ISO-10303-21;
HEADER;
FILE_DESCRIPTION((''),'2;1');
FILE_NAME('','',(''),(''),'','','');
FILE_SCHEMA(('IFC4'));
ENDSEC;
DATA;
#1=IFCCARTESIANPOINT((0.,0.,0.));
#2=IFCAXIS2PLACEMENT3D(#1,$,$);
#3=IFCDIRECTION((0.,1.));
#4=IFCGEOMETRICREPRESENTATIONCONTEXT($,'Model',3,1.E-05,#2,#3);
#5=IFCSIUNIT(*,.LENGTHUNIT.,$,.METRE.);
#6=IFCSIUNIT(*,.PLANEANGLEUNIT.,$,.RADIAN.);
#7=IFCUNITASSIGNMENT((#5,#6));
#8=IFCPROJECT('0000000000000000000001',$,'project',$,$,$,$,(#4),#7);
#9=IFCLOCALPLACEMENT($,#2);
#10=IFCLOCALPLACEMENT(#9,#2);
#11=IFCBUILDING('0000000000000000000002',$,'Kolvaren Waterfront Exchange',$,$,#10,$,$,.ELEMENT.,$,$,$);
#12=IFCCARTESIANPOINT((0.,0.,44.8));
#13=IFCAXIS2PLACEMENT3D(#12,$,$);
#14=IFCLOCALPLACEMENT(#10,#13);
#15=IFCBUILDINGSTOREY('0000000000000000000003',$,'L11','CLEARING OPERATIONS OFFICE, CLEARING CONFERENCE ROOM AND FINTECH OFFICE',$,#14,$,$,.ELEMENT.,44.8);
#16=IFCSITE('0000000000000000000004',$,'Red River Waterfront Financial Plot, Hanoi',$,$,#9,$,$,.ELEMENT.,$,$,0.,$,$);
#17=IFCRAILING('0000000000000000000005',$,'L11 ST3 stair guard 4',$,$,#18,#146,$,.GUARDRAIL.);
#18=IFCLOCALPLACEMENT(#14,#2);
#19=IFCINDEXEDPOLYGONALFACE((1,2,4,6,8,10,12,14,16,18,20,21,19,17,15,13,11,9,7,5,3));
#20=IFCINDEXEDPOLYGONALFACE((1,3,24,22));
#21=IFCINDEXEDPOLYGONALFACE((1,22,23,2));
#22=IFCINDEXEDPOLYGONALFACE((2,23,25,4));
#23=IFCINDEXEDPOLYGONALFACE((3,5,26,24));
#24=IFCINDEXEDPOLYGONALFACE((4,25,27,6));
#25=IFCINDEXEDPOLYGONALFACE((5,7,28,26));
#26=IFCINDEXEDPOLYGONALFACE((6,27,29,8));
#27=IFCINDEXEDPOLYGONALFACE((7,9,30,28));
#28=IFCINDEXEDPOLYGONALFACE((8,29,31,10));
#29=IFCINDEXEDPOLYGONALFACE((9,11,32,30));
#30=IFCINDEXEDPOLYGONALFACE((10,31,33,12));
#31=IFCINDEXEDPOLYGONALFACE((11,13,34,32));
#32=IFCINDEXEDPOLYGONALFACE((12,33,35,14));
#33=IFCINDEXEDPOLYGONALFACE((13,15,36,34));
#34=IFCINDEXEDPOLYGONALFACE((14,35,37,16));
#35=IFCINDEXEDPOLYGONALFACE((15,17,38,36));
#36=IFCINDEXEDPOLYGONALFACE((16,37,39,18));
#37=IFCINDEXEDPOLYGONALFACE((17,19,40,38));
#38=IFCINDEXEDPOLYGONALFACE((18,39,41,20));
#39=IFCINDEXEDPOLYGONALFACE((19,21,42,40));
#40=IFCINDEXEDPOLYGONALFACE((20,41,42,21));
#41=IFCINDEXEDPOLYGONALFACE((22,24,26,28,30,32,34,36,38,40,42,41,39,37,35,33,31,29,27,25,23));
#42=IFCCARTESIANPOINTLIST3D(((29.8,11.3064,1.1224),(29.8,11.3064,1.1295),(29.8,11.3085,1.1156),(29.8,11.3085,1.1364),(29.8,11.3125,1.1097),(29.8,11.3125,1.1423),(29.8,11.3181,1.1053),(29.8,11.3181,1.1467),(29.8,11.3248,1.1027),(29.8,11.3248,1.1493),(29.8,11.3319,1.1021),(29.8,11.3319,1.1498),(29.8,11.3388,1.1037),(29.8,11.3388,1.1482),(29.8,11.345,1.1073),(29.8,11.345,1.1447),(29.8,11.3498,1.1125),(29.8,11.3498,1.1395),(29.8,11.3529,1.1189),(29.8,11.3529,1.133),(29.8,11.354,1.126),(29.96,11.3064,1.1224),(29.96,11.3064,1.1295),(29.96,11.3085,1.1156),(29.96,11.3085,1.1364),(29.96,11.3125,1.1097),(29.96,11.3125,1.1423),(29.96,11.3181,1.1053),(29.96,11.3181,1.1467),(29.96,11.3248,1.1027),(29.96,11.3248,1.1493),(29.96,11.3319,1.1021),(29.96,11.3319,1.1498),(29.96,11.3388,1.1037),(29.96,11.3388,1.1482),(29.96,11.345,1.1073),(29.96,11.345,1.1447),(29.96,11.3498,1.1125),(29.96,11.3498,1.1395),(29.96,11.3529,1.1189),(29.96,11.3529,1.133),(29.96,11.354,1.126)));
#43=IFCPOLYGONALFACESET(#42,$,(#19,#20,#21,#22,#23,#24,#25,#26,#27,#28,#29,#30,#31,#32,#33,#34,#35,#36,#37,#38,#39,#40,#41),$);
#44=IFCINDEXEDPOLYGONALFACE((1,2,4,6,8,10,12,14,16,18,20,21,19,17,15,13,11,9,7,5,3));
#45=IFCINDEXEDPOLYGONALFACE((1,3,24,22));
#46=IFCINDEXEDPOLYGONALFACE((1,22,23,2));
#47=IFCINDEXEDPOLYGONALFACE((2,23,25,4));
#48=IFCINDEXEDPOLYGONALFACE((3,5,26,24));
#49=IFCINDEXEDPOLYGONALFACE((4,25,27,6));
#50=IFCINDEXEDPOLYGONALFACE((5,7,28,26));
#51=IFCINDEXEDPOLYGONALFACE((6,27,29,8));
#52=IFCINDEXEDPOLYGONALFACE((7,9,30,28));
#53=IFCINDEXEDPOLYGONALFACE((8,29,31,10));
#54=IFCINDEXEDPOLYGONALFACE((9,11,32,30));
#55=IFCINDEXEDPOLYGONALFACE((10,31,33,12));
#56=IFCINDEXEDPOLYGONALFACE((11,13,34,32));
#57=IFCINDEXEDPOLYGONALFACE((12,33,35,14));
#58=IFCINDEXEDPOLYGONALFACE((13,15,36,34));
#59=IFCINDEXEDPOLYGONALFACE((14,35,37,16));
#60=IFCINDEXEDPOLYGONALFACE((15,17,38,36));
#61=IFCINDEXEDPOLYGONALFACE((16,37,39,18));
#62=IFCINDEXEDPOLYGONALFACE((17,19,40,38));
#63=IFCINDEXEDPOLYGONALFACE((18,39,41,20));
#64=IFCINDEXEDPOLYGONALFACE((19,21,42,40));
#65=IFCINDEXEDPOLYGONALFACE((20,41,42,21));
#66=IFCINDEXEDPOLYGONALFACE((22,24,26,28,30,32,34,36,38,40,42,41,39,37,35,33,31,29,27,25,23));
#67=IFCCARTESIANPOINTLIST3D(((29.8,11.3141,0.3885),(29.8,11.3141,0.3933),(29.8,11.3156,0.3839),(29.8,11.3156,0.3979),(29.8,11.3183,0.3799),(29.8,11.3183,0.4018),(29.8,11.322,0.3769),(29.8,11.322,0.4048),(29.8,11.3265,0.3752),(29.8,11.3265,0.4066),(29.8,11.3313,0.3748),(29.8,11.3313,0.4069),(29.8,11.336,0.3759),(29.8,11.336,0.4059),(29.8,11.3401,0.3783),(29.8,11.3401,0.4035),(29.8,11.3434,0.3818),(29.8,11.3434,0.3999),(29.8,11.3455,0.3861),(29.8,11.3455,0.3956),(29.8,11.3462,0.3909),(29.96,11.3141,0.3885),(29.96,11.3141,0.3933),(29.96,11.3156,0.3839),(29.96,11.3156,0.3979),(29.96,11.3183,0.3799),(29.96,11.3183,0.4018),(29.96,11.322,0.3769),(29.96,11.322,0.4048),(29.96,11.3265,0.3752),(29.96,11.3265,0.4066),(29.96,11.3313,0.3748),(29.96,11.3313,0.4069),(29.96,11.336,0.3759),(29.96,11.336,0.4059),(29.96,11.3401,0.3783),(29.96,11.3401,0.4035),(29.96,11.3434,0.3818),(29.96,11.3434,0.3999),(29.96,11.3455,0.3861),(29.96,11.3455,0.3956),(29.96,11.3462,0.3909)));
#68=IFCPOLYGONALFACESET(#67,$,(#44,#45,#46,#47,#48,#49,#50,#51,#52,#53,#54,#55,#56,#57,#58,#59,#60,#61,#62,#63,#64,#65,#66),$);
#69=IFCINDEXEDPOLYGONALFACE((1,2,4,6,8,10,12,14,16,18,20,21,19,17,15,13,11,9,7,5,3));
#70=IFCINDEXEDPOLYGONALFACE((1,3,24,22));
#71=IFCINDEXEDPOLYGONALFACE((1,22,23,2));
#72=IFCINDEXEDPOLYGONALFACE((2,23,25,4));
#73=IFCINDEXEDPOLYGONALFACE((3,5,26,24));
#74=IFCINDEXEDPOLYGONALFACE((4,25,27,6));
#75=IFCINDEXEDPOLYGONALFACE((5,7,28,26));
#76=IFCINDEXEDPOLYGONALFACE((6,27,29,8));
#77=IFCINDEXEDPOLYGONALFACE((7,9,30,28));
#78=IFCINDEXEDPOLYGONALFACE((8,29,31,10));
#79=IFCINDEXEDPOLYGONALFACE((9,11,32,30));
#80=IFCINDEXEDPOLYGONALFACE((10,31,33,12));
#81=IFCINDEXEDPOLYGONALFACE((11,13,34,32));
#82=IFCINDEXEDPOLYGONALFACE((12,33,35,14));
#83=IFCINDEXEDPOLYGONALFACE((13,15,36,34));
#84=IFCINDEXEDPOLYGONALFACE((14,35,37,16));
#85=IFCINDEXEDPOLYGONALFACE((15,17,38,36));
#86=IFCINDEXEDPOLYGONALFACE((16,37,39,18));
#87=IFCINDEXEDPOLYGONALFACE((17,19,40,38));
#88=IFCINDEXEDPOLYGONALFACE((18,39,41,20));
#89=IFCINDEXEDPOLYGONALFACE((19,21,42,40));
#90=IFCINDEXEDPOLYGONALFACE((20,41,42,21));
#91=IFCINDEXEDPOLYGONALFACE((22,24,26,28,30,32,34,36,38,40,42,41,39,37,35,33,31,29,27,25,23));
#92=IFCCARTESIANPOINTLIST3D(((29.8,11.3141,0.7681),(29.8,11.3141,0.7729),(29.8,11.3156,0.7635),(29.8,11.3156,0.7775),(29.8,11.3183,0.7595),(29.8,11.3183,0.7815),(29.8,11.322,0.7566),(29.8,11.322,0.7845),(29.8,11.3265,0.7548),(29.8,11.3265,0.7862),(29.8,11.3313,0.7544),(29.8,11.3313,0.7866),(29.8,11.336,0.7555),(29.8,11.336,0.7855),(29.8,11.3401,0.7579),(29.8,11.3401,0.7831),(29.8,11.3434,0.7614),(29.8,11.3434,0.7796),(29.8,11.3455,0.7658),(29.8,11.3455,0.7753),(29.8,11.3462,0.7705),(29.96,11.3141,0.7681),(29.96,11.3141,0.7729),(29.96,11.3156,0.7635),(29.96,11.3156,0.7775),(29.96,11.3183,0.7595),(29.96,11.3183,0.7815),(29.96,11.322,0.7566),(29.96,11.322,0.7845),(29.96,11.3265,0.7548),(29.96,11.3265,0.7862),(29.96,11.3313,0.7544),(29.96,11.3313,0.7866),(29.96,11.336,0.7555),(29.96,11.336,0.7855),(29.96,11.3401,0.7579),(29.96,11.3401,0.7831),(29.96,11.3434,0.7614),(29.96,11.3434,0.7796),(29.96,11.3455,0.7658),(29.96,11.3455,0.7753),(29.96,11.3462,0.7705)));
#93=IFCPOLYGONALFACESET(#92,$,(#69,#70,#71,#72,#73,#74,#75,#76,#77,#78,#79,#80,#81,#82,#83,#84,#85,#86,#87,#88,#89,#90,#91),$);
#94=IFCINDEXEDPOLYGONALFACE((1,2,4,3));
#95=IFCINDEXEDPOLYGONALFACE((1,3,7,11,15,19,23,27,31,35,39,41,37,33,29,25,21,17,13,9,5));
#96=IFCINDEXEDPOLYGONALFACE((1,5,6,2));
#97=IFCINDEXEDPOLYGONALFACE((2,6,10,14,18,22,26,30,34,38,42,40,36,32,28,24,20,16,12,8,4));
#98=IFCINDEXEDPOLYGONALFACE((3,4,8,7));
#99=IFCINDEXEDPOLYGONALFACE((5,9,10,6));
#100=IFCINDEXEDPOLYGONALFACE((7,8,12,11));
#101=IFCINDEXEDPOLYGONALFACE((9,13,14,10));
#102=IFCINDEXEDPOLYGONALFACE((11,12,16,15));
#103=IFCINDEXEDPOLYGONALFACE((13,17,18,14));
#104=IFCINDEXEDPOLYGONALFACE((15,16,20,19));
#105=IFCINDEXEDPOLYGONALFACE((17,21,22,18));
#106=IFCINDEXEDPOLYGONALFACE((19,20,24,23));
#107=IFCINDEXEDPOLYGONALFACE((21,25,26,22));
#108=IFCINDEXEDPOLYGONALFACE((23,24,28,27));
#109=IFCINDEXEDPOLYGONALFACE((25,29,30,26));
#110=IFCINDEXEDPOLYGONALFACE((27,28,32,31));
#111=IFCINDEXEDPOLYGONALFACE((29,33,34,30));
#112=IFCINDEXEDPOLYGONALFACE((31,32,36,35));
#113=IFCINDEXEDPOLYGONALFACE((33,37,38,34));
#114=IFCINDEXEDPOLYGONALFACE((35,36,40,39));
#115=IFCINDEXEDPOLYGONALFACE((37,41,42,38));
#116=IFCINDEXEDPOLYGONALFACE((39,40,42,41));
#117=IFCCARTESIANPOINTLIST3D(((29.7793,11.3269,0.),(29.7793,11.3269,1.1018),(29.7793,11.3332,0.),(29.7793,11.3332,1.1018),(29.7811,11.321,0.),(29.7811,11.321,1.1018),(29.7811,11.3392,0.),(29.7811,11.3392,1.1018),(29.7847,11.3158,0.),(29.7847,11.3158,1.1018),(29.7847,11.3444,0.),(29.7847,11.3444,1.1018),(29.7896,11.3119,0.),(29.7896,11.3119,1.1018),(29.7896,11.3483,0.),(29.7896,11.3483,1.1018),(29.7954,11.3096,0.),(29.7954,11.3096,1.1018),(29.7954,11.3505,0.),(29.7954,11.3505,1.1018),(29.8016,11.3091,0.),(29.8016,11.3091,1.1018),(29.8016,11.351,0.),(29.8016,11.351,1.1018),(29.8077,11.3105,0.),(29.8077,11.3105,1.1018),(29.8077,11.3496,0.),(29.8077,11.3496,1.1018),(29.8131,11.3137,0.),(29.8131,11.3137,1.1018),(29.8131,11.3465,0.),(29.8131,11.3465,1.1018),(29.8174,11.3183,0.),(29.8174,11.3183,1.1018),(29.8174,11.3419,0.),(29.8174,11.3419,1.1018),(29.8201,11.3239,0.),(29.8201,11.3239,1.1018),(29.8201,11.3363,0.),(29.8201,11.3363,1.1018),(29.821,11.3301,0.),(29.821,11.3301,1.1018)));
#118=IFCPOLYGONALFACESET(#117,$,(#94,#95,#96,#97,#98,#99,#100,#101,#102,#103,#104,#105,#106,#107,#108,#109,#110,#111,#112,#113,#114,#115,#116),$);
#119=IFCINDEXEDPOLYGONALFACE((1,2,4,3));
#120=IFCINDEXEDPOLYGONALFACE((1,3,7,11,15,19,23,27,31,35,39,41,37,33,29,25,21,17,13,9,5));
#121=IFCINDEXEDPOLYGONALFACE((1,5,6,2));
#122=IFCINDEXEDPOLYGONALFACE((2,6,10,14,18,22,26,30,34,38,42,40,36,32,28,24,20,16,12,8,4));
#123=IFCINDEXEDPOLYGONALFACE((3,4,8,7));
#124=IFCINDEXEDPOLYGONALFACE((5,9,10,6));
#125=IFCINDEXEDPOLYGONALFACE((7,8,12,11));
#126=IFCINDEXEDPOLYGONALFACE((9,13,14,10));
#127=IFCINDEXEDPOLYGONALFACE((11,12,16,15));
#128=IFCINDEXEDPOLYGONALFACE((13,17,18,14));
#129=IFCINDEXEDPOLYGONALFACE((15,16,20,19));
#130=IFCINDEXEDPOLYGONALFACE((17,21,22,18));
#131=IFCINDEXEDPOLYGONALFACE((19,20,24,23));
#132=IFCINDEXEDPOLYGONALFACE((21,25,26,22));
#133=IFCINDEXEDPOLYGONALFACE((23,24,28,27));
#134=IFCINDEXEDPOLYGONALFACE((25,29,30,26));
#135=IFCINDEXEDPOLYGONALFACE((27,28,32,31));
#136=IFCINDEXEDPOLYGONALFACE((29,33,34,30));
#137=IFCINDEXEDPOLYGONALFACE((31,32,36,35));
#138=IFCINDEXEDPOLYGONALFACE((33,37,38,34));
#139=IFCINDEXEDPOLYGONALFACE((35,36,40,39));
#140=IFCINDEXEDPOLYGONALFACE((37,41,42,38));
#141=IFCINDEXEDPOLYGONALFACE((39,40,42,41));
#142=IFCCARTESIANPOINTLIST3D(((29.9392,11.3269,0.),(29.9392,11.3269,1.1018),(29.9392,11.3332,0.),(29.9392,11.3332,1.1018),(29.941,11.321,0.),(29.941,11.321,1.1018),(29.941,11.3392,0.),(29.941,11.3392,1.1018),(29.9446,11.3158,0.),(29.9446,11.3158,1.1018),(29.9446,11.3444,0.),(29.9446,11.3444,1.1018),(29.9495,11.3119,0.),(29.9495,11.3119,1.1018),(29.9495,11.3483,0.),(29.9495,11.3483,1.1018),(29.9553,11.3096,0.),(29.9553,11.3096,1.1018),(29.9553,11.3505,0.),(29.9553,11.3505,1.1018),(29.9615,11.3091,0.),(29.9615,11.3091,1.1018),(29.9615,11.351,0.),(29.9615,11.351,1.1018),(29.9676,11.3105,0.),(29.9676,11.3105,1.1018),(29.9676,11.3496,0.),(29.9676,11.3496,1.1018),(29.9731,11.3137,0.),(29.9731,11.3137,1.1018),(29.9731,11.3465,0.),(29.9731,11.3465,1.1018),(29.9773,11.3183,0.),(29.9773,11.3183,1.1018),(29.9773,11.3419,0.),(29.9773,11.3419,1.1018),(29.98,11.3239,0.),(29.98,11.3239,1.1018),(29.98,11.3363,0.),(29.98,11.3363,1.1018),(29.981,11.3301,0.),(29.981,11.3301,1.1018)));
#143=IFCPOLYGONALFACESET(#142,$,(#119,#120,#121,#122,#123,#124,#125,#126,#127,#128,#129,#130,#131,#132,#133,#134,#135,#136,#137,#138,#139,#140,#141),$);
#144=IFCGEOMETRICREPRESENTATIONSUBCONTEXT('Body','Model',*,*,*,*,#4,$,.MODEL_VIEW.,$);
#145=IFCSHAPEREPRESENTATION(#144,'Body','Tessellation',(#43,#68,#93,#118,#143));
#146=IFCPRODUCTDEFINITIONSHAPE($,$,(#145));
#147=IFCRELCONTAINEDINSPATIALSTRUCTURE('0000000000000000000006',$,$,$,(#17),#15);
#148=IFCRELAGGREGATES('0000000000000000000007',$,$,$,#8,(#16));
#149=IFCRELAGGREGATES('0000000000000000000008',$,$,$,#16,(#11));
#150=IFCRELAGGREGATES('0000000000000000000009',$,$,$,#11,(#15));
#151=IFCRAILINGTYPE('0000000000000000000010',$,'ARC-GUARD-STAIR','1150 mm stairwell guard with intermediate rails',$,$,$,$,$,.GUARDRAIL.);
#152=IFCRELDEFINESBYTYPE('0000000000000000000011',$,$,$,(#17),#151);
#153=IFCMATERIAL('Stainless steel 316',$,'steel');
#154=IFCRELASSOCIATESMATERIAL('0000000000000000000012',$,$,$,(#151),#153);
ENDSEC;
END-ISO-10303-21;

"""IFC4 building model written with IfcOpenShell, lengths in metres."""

from ifc_helpers import new_model, si_unit, direction, frame, origin, origin_2d, place, context, subcontext, project, spatial, circle, extrude, material, type_object, element, save


model = new_model("IFC4")

# Units and contexts
model_context = context("Model", 3, precision=1e-05, world=origin(), true_north=direction((0.0, 1.0)))
body_context = subcontext(model_context, "Body", "Model", "MODEL_VIEW")
ifc_project = project(units=[si_unit("LENGTHUNIT", "METRE"), si_unit("PLANEANGLEUNIT", "RADIAN")], contexts=[model_context])

# Site, building, storey
site_placement = place(None, origin())
site = spatial("IfcSite", under=ifc_project, at=site_placement, Name="Red River Waterfront Financial Plot, Hanoi", CompositionType="ELEMENT", RefElevation=0.0)
building_placement = place(site_placement, origin())
building = spatial("IfcBuilding", under=site, at=building_placement, Name="Kolvaren Waterfront Exchange", CompositionType="ELEMENT")
storey_placement = place(building_placement, frame((0.0, 0.0, 44.8)))
storey = spatial("IfcBuildingStorey", under=building, at=storey_placement, Name="L11", Description="CLEARING OPERATIONS OFFICE, CLEARING CONFERENCE ROOM AND FINTECH OFFICE", CompositionType="ELEMENT", Elevation=44.8)

# Railing
ifc_material_1 = material(Name="Stainless steel 316", Category="steel")
railing_type_1 = type_object("IfcRailingType", Name="ARC-GUARD-STAIR", Description="1150 mm stairwell guard with intermediate rails", PredefinedType="GUARDRAIL", material=ifc_material_1)
railing_1_placement = place(storey_placement, frame((29.8, 11.3301, 0.0)))
element("IfcRailing", 1, at=railing_1_placement, inside=storey, type_object=railing_type_1, Name="L11 ST3 stair guard 4", PredefinedType="GUARDRAIL", context=body_context, shape_type="SweptSolid", body=[
    extrude(circle(Radius=0.0239, at=origin_2d()), frame((0.0, 0.0, 1.126), z_axis=(1.0, 0.0, 0.0), x_axis=(0.0, 1.0, 0.0)), (0.0, 0.0, 1.0), 0.1599),
    extrude(circle(Radius=0.0161, at=origin_2d()), frame((0.0, 0.0, 0.3909), z_axis=(1.0, 0.0, 0.0), x_axis=(0.0, 1.0, 0.0)), (0.0, 0.0, 1.0), 0.1599),
    extrude(circle(Radius=0.0161, at=origin_2d()), frame((0.0, 0.0, 0.7705), z_axis=(1.0, 0.0, 0.0), x_axis=(0.0, 1.0, 0.0)), (0.0, 0.0, 1.0), 0.1599),
    extrude(circle(Radius=0.021, at=origin_2d()), origin(), (0.0, 0.0, 1.0), 1.1018),
    extrude(circle(Radius=0.021, at=origin_2d()), frame((0.1599, 0.0, 0.0)), (0.0, 0.0, 1.0), 1.1018),
])

save(model, "model.ifc")
